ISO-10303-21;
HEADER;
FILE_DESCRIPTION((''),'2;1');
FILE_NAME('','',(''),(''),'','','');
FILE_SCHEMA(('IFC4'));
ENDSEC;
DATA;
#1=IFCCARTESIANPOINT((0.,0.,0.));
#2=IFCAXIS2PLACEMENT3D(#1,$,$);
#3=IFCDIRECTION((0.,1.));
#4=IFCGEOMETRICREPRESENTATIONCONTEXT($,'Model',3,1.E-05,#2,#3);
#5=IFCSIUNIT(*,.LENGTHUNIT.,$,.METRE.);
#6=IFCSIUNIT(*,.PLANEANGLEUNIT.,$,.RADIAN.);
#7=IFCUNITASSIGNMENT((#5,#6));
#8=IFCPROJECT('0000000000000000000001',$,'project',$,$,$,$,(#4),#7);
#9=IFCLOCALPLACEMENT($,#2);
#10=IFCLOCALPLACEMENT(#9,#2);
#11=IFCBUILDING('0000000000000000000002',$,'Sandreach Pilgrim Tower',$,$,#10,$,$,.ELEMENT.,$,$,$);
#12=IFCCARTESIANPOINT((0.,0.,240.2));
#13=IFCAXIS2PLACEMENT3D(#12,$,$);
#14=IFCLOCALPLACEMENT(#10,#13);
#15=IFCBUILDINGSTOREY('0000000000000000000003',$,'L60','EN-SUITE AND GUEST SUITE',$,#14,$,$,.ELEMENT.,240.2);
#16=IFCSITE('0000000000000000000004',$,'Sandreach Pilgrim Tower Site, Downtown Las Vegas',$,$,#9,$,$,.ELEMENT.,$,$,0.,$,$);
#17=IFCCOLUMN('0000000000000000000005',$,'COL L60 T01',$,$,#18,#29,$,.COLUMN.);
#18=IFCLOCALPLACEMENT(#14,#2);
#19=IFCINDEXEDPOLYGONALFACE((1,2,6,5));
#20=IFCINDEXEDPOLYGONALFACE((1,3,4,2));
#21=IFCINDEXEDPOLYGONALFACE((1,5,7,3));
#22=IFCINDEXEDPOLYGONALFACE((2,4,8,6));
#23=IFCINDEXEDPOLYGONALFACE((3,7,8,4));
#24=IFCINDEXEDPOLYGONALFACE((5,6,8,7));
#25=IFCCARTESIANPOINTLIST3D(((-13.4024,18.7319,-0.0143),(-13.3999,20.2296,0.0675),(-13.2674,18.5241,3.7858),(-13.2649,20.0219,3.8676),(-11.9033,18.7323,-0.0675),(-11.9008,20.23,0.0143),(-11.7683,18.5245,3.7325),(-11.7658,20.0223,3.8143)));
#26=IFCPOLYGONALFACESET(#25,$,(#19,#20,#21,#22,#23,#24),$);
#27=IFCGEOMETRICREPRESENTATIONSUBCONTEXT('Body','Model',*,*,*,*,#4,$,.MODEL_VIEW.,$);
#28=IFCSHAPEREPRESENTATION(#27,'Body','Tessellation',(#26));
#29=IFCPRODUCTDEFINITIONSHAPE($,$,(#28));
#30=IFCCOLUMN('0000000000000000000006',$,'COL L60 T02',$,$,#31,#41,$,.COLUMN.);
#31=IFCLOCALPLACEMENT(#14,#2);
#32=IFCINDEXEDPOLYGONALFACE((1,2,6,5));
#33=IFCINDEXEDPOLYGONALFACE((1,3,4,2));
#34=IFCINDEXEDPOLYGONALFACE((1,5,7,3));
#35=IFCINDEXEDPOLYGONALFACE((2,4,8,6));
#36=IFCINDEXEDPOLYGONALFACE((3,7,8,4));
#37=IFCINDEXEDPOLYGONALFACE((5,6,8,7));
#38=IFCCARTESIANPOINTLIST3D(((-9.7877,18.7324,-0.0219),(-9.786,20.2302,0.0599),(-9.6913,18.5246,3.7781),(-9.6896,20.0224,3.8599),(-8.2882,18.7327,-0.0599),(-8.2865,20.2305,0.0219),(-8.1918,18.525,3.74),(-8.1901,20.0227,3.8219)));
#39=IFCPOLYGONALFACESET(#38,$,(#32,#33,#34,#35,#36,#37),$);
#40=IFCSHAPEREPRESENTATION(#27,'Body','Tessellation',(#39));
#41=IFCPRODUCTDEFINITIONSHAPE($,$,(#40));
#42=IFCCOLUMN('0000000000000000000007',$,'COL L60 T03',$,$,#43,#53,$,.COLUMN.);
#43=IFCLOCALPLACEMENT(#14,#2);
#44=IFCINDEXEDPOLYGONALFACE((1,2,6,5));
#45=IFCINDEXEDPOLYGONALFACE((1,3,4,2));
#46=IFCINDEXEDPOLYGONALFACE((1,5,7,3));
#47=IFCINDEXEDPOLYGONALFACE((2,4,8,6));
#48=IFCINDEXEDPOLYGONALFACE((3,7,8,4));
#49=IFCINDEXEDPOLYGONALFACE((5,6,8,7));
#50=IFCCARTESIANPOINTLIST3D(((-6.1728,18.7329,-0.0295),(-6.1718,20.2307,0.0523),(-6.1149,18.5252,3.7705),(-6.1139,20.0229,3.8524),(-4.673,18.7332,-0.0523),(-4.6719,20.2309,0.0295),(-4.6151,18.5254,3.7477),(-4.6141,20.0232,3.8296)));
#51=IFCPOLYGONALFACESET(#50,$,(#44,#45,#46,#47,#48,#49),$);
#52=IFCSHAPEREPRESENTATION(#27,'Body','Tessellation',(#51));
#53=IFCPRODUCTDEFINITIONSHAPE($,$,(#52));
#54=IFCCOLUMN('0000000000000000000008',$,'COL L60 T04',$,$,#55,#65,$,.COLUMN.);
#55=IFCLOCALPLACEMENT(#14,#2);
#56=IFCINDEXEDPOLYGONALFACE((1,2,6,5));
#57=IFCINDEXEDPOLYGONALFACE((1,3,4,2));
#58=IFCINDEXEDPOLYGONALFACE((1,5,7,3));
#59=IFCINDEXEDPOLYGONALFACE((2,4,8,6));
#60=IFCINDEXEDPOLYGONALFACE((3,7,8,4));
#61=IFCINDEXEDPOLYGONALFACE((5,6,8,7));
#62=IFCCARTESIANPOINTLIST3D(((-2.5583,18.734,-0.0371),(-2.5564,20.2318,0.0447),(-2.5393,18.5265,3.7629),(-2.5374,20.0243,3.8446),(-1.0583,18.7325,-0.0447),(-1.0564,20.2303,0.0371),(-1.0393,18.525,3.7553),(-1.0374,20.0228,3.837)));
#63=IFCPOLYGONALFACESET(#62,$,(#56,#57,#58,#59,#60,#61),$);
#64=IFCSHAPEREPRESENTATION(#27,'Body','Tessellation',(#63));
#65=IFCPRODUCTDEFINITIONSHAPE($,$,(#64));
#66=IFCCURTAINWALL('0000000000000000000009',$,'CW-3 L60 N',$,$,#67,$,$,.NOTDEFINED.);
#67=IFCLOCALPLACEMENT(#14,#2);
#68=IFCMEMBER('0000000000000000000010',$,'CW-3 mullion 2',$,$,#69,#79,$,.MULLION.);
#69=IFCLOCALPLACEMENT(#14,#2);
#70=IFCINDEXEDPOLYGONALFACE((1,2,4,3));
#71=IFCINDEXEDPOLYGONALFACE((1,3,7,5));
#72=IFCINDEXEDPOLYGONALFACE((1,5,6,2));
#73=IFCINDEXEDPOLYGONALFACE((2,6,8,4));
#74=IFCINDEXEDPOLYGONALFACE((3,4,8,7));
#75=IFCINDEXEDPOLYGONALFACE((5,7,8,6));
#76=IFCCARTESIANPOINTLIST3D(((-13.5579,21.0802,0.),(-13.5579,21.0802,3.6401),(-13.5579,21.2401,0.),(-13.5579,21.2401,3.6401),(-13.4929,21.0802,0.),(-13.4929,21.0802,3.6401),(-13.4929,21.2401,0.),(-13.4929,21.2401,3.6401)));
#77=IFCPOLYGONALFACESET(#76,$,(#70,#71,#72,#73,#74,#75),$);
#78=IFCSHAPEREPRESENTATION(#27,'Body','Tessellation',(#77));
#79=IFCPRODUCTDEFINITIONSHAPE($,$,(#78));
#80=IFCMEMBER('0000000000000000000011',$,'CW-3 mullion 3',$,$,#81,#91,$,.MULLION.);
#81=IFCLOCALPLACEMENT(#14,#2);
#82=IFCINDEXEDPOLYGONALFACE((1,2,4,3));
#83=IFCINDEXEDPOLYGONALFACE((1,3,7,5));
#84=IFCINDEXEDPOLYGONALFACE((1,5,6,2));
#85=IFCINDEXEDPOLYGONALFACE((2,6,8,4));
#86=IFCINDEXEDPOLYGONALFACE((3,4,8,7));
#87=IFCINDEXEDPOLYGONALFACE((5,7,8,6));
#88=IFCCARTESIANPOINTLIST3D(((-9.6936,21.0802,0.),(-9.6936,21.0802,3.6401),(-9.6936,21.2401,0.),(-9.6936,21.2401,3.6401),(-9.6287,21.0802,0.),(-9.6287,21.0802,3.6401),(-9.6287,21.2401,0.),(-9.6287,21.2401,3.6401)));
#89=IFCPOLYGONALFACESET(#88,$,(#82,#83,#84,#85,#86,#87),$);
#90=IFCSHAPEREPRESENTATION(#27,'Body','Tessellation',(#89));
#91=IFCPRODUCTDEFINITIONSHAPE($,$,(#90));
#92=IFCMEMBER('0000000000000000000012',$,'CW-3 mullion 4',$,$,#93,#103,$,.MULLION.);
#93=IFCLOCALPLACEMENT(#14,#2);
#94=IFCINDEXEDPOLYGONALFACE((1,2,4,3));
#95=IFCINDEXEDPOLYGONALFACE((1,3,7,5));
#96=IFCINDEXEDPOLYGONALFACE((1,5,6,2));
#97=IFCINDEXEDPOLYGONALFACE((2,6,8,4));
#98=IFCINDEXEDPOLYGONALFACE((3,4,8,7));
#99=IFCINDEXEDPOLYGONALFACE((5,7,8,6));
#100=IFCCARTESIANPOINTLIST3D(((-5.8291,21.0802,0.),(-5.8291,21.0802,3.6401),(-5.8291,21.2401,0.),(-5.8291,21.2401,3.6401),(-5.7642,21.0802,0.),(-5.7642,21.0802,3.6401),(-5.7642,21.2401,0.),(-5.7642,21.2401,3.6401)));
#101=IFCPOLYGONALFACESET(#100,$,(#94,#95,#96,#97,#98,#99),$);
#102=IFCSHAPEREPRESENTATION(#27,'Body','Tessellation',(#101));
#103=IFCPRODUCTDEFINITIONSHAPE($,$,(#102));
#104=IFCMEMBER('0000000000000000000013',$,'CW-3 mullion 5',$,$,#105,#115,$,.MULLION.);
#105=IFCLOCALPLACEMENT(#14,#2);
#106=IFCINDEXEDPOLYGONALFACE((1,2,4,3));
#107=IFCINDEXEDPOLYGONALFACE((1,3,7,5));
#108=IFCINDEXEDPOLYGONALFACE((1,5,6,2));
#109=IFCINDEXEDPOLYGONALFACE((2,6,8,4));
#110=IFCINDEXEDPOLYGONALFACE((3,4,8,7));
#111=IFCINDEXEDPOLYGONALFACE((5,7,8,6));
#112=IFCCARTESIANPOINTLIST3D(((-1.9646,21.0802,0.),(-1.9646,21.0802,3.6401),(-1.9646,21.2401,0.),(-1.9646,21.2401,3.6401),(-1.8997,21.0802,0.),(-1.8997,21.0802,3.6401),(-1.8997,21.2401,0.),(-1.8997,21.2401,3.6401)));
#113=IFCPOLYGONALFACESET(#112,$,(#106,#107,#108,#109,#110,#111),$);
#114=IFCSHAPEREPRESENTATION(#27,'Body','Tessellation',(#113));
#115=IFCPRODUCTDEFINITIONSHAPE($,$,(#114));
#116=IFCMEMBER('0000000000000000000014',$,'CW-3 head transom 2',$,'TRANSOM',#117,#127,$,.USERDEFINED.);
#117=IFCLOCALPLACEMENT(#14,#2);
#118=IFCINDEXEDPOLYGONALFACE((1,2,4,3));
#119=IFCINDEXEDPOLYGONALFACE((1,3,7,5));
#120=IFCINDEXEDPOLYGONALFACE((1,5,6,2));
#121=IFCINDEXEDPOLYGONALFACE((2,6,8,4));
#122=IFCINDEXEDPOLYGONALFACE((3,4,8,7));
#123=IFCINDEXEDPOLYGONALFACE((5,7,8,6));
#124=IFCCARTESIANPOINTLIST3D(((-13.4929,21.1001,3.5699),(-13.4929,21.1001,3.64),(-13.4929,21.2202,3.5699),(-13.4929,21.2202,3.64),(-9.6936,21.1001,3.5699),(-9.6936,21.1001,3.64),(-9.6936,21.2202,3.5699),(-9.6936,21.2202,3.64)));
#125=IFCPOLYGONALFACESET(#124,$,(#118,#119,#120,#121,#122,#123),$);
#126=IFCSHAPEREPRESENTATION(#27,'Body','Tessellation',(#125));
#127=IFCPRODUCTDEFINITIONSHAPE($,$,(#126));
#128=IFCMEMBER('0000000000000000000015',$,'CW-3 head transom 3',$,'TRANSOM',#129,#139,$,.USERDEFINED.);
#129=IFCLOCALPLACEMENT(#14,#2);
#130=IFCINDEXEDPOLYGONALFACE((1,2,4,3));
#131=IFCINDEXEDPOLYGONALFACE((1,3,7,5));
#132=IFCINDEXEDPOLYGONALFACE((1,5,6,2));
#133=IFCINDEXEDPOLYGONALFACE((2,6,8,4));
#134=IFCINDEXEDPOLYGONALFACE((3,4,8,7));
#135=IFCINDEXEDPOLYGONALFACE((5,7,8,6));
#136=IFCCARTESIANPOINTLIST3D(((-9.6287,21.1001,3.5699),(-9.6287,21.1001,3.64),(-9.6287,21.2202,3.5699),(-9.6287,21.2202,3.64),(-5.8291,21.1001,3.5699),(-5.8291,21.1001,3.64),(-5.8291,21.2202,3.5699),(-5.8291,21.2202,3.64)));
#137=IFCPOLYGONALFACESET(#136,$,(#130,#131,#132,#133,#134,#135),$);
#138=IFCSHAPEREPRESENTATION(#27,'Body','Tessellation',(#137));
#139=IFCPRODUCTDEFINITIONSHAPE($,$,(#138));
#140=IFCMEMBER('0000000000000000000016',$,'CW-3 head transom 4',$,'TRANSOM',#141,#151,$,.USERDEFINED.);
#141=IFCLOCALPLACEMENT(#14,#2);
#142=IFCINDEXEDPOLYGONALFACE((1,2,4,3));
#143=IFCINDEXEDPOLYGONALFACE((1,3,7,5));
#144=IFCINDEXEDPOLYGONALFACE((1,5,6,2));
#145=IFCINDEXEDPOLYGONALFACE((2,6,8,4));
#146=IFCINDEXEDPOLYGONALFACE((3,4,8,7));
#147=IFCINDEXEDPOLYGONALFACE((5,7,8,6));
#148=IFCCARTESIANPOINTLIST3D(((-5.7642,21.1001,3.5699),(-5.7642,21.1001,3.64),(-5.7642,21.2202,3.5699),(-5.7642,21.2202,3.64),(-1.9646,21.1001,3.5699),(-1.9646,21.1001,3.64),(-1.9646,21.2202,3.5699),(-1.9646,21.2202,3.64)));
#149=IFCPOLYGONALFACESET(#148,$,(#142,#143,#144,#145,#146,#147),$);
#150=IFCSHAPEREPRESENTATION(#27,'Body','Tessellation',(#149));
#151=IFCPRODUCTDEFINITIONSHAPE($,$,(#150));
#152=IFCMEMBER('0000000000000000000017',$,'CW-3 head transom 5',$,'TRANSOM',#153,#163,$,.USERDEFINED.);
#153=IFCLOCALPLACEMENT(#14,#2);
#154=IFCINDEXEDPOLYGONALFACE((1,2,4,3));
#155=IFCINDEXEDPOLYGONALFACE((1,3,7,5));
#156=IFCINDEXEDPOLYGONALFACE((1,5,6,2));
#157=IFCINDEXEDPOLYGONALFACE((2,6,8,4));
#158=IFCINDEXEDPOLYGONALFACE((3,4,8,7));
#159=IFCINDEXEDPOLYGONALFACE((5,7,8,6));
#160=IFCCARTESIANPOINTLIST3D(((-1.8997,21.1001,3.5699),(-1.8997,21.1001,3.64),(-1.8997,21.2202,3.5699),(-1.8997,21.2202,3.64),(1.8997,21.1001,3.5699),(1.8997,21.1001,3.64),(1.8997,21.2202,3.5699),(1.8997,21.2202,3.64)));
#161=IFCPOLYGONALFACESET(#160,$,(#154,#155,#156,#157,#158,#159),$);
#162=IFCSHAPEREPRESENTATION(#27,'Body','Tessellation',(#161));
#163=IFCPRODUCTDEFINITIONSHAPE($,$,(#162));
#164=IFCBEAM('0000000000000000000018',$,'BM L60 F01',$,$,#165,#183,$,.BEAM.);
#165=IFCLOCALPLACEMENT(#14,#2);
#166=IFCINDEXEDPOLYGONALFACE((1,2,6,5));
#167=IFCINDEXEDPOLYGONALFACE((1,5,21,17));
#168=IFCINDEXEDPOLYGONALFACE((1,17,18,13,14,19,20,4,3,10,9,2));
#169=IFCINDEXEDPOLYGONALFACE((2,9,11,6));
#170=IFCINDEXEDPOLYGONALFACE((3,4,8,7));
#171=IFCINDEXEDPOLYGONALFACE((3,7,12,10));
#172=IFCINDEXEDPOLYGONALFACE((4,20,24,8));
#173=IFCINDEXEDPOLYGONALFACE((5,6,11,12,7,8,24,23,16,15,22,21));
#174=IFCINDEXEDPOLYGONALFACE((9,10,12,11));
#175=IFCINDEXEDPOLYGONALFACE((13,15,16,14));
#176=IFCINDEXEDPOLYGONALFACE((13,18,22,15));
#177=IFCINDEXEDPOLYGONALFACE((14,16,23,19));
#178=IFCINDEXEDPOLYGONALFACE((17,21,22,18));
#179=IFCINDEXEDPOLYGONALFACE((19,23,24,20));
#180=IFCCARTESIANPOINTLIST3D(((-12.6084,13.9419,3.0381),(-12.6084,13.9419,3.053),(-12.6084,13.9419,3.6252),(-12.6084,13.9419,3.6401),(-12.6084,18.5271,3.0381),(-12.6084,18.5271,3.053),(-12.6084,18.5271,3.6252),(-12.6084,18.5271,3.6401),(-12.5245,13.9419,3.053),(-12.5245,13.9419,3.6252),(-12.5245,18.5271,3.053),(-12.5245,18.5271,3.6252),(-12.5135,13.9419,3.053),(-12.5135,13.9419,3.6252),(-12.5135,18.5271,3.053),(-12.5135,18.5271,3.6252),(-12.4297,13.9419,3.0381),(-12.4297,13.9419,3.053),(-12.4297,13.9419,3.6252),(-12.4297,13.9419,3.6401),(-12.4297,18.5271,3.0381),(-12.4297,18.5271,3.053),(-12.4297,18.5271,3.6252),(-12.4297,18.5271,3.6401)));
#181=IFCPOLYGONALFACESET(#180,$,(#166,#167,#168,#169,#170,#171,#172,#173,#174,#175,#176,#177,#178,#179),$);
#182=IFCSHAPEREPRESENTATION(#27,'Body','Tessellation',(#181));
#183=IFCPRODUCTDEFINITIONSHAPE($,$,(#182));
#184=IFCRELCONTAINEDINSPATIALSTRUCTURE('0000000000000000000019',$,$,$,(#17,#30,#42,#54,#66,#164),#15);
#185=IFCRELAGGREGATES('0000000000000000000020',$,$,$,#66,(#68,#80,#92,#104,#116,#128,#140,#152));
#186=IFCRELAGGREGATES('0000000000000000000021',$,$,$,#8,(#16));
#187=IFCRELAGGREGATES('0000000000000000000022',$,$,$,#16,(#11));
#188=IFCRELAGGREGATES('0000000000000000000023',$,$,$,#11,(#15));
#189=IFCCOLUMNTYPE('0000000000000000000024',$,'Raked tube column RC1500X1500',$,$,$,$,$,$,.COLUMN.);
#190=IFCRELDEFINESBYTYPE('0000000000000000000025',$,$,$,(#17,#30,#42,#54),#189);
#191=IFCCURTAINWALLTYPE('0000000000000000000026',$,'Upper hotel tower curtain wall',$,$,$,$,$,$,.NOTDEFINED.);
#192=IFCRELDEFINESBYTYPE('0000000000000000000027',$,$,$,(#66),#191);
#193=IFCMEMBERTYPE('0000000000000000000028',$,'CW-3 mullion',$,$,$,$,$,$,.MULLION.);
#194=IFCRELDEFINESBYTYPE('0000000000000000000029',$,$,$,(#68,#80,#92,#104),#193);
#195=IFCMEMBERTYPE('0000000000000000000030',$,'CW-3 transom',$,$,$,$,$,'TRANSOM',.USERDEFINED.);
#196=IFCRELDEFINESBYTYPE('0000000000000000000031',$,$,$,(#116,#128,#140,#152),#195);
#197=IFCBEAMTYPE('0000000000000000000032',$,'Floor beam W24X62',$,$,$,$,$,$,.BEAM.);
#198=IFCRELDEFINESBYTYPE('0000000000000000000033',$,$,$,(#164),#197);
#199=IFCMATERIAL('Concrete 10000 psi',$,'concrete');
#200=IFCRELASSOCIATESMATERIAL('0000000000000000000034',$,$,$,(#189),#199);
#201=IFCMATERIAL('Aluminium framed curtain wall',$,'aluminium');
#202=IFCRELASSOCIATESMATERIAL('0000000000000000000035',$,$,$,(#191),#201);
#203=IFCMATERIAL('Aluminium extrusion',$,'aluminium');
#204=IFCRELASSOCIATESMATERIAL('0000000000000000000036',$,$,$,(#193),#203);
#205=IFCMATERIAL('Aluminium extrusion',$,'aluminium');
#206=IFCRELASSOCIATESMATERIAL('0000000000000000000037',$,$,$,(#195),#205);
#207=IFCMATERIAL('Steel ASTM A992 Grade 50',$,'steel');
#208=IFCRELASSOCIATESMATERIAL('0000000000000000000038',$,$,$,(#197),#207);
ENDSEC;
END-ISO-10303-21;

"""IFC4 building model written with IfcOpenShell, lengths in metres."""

from ifc_helpers import new_model, si_unit, direction, frame, origin, origin_2d, place, context, subcontext, project, spatial, rectangle, i_section, extrude, material, material_profile, profile_set, type_object, element, aggregate, save


model = new_model("IFC4")

# Units and contexts
model_context = context("Model", 3, precision=1e-05, world=origin(), true_north=direction((0.0, 1.0)))
body_context = subcontext(model_context, "Body", "Model", "MODEL_VIEW")
ifc_project = project(units=[si_unit("LENGTHUNIT", "METRE"), si_unit("PLANEANGLEUNIT", "RADIAN")], contexts=[model_context])

# Site, building, storey
site_placement = place(None, origin())
site = spatial("IfcSite", under=ifc_project, at=site_placement, Name="Sandreach Pilgrim Tower Site, Downtown Las Vegas", CompositionType="ELEMENT", RefElevation=0.0)
building_placement = place(site_placement, origin())
building = spatial("IfcBuilding", under=site, at=building_placement, Name="Sandreach Pilgrim Tower", CompositionType="ELEMENT")
storey_placement = place(building_placement, frame((0.0, 0.0, 240.2)))
storey = spatial("IfcBuildingStorey", under=building, at=storey_placement, Name="L60", Description="EN-SUITE AND GUEST SUITE", CompositionType="ELEMENT", Elevation=240.2)

# Columns
ifc_material_1 = material(Name="Concrete 10000 psi", Category="concrete")
ifc_material_profile_1 = material_profile(ifc_material_1, rectangle(XDim=1.5, YDim=1.5, at=origin_2d()), Name="RC1500X1500")
ifc_profile_set_1 = profile_set([ifc_material_profile_1], Name="Concrete 10000 psi")
column_type = type_object("IfcColumnType", Name="Raked tube column RC1500X1500", PredefinedType="COLUMN", material=ifc_profile_set_1)
column_1_placement = place(storey_placement, frame((-12.6516, 19.481, 0.0), z_axis=(0.035453, -0.054558, 0.997881), x_axis=(0.001659, 0.998511, 0.054534)))
element("IfcColumn", 1, at=column_1_placement, inside=storey, type_object=column_type, Name="COL L60 T01", PredefinedType="COLUMN", context=body_context, shape_type="SweptSolid", body=[
    extrude(rectangle(XDim=1.5, YDim=1.5, at=origin_2d()), origin(), (0.0, 0.0, 1.0), 3.8081),
])
column_2_placement = place(storey_placement, frame((-9.0371, 19.4814, 0.0), z_axis=(0.025331, -0.054575, 0.998188), x_axis=(0.001152, 0.99851, 0.054563)))
element("IfcColumn", 2, at=column_2_placement, inside=storey, type_object=column_type, Name="COL L60 T02", PredefinedType="COLUMN", context=body_context, shape_type="SweptSolid", body=[
    extrude(rectangle(XDim=1.5, YDim=1.5, at=origin_2d()), origin(), (0.0, 0.0, 1.0), 3.8069),
])
column_3_placement = place(storey_placement, frame((-5.4224, 19.4819, 0.0), z_axis=(0.015202, -0.054586, 0.998393), x_axis=(0.000674, 0.998509, 0.054582)))
element("IfcColumn", 3, at=column_3_placement, inside=storey, type_object=column_type, Name="COL L60 T03", PredefinedType="COLUMN", context=body_context, shape_type="SweptSolid", body=[
    extrude(rectangle(XDim=1.5, YDim=1.5, at=origin_2d()), origin(), (0.0, 0.0, 1.0), 3.8062),
])
column_4_placement = place(storey_placement, frame((-1.8074, 19.4822, 0.0), z_axis=(0.005004, -0.054528, 0.9985), x_axis=(0.001277, 0.998512, 0.054522)))
element("IfcColumn", 4, at=column_4_placement, inside=storey, type_object=column_type, Name="COL L60 T04", PredefinedType="COLUMN", context=body_context, shape_type="SweptSolid", body=[
    extrude(rectangle(XDim=1.5, YDim=1.5, at=origin_2d()), origin(), (0.0, 0.0, 1.0), 3.8057),
])

# Curtain wall, members
ifc_material_2 = material(Name="Aluminium framed curtain wall", Category="aluminium")
curtain_wall_type = type_object("IfcCurtainWallType", Name="Upper hotel tower curtain wall", PredefinedType="NOTDEFINED", material=ifc_material_2)
curtain_wall_placement = place(storey_placement, origin())
curtain_wall = element("IfcCurtainWall", 5, at=curtain_wall_placement, inside=storey, type_object=curtain_wall_type, Name="CW-3 L60 N", PredefinedType="NOTDEFINED")
ifc_material_3 = material(Name="Aluminium extrusion", Category="aluminium")
ifc_material_profile_2 = material_profile(ifc_material_3, rectangle(XDim=0.0649, YDim=0.1599, at=origin_2d()), Name="CW-3M 65X160")
ifc_profile_set_2 = profile_set([ifc_material_profile_2], Name="Aluminium extrusion")
member_type_1 = type_object("IfcMemberType", Name="CW-3 mullion", PredefinedType="MULLION", material=ifc_profile_set_2)
member_1_placement = place(storey_placement, frame((-13.5254, 21.1602, 0.0), z_axis=(0.0, 0.0, 1.0), x_axis=(1.0, 0.0, 0.0)))
member_1 = element("IfcMember", 6, at=member_1_placement, type_object=member_type_1, Name="CW-3 mullion 2", PredefinedType="MULLION", context=body_context, shape_type="SweptSolid", body=[
    extrude(rectangle(XDim=0.0649, YDim=0.1599, at=origin_2d()), origin(), (0.0, 0.0, 1.0), 3.6401),
])
member_2_placement = place(storey_placement, frame((-9.6611, 21.1602, 0.0), z_axis=(0.0, 0.0, 1.0), x_axis=(1.0, 0.0, 0.0)))
member_2 = element("IfcMember", 7, at=member_2_placement, type_object=member_type_1, Name="CW-3 mullion 3", PredefinedType="MULLION", context=body_context, shape_type="SweptSolid", body=[
    extrude(rectangle(XDim=0.0649, YDim=0.1599, at=origin_2d()), origin(), (0.0, 0.0, 1.0), 3.6401),
])
member_3_placement = place(storey_placement, frame((-5.7966, 21.1602, 0.0), z_axis=(0.0, 0.0, 1.0), x_axis=(1.0, 0.0, 0.0)))
member_3 = element("IfcMember", 8, at=member_3_placement, type_object=member_type_1, Name="CW-3 mullion 4", PredefinedType="MULLION", context=body_context, shape_type="SweptSolid", body=[
    extrude(rectangle(XDim=0.0649, YDim=0.1599, at=origin_2d()), origin(), (0.0, 0.0, 1.0), 3.6401),
])
member_4_placement = place(storey_placement, frame((-1.9321, 21.1602, 0.0), z_axis=(0.0, 0.0, 1.0), x_axis=(1.0, 0.0, 0.0)))
member_4 = element("IfcMember", 9, at=member_4_placement, type_object=member_type_1, Name="CW-3 mullion 5", PredefinedType="MULLION", context=body_context, shape_type="SweptSolid", body=[
    extrude(rectangle(XDim=0.0649, YDim=0.1599, at=origin_2d()), origin(), (0.0, 0.0, 1.0), 3.6401),
])
ifc_material_4 = material(Name="Aluminium extrusion", Category="aluminium")
ifc_material_profile_3 = material_profile(ifc_material_4, rectangle(XDim=0.1201, YDim=0.0701, at=origin_2d()), Name="CW-3T 120X70")
ifc_profile_set_3 = profile_set([ifc_material_profile_3], Name="Aluminium extrusion")
member_type_2 = type_object("IfcMemberType", Name="CW-3 transom", ElementType="TRANSOM", PredefinedType="USERDEFINED", material=ifc_profile_set_3)
member_5_placement = place(storey_placement, frame((-13.4929, 21.1602, 3.605), z_axis=(1.0, 0.0, 0.0), x_axis=(0.0, 1.0, 0.0)))
member_5 = element("IfcMember", 10, at=member_5_placement, type_object=member_type_2, Name="CW-3 head transom 2", ObjectType="TRANSOM", PredefinedType="USERDEFINED", context=body_context, shape_type="SweptSolid", body=[
    extrude(rectangle(XDim=0.1201, YDim=0.0701, at=origin_2d()), origin(), (0.0, 0.0, 1.0), 3.7993),
])
member_6_placement = place(storey_placement, frame((-9.6287, 21.1602, 3.605), z_axis=(1.0, 0.0, 0.0), x_axis=(0.0, 1.0, 0.0)))
member_6 = element("IfcMember", 11, at=member_6_placement, type_object=member_type_2, Name="CW-3 head transom 3", ObjectType="TRANSOM", PredefinedType="USERDEFINED", context=body_context, shape_type="SweptSolid", body=[
    extrude(rectangle(XDim=0.1201, YDim=0.0701, at=origin_2d()), origin(), (0.0, 0.0, 1.0), 3.7996),
])
member_7_placement = place(storey_placement, frame((-5.7642, 21.1602, 3.605), z_axis=(1.0, 0.0, 0.0), x_axis=(0.0, 1.0, 0.0)))
member_7 = element("IfcMember", 12, at=member_7_placement, type_object=member_type_2, Name="CW-3 head transom 4", ObjectType="TRANSOM", PredefinedType="USERDEFINED", context=body_context, shape_type="SweptSolid", body=[
    extrude(rectangle(XDim=0.1201, YDim=0.0701, at=origin_2d()), origin(), (0.0, 0.0, 1.0), 3.7996),
])
member_8_placement = place(storey_placement, frame((-1.8997, 21.1602, 3.605), z_axis=(1.0, 0.0, 0.0), x_axis=(0.0, 1.0, 0.0)))
member_8 = element("IfcMember", 13, at=member_8_placement, type_object=member_type_2, Name="CW-3 head transom 5", ObjectType="TRANSOM", PredefinedType="USERDEFINED", context=body_context, shape_type="SweptSolid", body=[
    extrude(rectangle(XDim=0.1201, YDim=0.0701, at=origin_2d()), origin(), (0.0, 0.0, 1.0), 3.7993),
])

# Beam
ifc_material_5 = material(Name="Steel ASTM A992 Grade 50", Category="steel")
ifc_material_profile_4 = material_profile(ifc_material_5, i_section(OverallWidth=0.1787, OverallDepth=0.6021, WebThickness=0.011, FlangeThickness=0.0149, at=origin_2d()), Name="W24X62")
ifc_profile_set_4 = profile_set([ifc_material_profile_4], Name="Steel ASTM A992 Grade 50")
beam_type_1 = type_object("IfcBeamType", Name="Floor beam W24X62", PredefinedType="BEAM", material=ifc_profile_set_4)
beam_1_placement = place(storey_placement, frame((-12.519, 18.5271, 3.3391), z_axis=(0.0, -1.0, 0.0), x_axis=(1.0, 0.0, 0.0)))
element("IfcBeam", 14, at=beam_1_placement, inside=storey, type_object=beam_type_1, Name="BM L60 F01", PredefinedType="BEAM", context=body_context, shape_type="SweptSolid", body=[
    extrude(i_section(OverallWidth=0.1787, OverallDepth=0.6021, WebThickness=0.011, FlangeThickness=0.0149, at=origin_2d()), origin(), (0.0, 0.0, 1.0), 4.5852),
])

aggregate(curtain_wall, [member_1, member_2, member_3, member_4, member_5, member_6, member_7, member_8])

save(model, "model.ifc")
